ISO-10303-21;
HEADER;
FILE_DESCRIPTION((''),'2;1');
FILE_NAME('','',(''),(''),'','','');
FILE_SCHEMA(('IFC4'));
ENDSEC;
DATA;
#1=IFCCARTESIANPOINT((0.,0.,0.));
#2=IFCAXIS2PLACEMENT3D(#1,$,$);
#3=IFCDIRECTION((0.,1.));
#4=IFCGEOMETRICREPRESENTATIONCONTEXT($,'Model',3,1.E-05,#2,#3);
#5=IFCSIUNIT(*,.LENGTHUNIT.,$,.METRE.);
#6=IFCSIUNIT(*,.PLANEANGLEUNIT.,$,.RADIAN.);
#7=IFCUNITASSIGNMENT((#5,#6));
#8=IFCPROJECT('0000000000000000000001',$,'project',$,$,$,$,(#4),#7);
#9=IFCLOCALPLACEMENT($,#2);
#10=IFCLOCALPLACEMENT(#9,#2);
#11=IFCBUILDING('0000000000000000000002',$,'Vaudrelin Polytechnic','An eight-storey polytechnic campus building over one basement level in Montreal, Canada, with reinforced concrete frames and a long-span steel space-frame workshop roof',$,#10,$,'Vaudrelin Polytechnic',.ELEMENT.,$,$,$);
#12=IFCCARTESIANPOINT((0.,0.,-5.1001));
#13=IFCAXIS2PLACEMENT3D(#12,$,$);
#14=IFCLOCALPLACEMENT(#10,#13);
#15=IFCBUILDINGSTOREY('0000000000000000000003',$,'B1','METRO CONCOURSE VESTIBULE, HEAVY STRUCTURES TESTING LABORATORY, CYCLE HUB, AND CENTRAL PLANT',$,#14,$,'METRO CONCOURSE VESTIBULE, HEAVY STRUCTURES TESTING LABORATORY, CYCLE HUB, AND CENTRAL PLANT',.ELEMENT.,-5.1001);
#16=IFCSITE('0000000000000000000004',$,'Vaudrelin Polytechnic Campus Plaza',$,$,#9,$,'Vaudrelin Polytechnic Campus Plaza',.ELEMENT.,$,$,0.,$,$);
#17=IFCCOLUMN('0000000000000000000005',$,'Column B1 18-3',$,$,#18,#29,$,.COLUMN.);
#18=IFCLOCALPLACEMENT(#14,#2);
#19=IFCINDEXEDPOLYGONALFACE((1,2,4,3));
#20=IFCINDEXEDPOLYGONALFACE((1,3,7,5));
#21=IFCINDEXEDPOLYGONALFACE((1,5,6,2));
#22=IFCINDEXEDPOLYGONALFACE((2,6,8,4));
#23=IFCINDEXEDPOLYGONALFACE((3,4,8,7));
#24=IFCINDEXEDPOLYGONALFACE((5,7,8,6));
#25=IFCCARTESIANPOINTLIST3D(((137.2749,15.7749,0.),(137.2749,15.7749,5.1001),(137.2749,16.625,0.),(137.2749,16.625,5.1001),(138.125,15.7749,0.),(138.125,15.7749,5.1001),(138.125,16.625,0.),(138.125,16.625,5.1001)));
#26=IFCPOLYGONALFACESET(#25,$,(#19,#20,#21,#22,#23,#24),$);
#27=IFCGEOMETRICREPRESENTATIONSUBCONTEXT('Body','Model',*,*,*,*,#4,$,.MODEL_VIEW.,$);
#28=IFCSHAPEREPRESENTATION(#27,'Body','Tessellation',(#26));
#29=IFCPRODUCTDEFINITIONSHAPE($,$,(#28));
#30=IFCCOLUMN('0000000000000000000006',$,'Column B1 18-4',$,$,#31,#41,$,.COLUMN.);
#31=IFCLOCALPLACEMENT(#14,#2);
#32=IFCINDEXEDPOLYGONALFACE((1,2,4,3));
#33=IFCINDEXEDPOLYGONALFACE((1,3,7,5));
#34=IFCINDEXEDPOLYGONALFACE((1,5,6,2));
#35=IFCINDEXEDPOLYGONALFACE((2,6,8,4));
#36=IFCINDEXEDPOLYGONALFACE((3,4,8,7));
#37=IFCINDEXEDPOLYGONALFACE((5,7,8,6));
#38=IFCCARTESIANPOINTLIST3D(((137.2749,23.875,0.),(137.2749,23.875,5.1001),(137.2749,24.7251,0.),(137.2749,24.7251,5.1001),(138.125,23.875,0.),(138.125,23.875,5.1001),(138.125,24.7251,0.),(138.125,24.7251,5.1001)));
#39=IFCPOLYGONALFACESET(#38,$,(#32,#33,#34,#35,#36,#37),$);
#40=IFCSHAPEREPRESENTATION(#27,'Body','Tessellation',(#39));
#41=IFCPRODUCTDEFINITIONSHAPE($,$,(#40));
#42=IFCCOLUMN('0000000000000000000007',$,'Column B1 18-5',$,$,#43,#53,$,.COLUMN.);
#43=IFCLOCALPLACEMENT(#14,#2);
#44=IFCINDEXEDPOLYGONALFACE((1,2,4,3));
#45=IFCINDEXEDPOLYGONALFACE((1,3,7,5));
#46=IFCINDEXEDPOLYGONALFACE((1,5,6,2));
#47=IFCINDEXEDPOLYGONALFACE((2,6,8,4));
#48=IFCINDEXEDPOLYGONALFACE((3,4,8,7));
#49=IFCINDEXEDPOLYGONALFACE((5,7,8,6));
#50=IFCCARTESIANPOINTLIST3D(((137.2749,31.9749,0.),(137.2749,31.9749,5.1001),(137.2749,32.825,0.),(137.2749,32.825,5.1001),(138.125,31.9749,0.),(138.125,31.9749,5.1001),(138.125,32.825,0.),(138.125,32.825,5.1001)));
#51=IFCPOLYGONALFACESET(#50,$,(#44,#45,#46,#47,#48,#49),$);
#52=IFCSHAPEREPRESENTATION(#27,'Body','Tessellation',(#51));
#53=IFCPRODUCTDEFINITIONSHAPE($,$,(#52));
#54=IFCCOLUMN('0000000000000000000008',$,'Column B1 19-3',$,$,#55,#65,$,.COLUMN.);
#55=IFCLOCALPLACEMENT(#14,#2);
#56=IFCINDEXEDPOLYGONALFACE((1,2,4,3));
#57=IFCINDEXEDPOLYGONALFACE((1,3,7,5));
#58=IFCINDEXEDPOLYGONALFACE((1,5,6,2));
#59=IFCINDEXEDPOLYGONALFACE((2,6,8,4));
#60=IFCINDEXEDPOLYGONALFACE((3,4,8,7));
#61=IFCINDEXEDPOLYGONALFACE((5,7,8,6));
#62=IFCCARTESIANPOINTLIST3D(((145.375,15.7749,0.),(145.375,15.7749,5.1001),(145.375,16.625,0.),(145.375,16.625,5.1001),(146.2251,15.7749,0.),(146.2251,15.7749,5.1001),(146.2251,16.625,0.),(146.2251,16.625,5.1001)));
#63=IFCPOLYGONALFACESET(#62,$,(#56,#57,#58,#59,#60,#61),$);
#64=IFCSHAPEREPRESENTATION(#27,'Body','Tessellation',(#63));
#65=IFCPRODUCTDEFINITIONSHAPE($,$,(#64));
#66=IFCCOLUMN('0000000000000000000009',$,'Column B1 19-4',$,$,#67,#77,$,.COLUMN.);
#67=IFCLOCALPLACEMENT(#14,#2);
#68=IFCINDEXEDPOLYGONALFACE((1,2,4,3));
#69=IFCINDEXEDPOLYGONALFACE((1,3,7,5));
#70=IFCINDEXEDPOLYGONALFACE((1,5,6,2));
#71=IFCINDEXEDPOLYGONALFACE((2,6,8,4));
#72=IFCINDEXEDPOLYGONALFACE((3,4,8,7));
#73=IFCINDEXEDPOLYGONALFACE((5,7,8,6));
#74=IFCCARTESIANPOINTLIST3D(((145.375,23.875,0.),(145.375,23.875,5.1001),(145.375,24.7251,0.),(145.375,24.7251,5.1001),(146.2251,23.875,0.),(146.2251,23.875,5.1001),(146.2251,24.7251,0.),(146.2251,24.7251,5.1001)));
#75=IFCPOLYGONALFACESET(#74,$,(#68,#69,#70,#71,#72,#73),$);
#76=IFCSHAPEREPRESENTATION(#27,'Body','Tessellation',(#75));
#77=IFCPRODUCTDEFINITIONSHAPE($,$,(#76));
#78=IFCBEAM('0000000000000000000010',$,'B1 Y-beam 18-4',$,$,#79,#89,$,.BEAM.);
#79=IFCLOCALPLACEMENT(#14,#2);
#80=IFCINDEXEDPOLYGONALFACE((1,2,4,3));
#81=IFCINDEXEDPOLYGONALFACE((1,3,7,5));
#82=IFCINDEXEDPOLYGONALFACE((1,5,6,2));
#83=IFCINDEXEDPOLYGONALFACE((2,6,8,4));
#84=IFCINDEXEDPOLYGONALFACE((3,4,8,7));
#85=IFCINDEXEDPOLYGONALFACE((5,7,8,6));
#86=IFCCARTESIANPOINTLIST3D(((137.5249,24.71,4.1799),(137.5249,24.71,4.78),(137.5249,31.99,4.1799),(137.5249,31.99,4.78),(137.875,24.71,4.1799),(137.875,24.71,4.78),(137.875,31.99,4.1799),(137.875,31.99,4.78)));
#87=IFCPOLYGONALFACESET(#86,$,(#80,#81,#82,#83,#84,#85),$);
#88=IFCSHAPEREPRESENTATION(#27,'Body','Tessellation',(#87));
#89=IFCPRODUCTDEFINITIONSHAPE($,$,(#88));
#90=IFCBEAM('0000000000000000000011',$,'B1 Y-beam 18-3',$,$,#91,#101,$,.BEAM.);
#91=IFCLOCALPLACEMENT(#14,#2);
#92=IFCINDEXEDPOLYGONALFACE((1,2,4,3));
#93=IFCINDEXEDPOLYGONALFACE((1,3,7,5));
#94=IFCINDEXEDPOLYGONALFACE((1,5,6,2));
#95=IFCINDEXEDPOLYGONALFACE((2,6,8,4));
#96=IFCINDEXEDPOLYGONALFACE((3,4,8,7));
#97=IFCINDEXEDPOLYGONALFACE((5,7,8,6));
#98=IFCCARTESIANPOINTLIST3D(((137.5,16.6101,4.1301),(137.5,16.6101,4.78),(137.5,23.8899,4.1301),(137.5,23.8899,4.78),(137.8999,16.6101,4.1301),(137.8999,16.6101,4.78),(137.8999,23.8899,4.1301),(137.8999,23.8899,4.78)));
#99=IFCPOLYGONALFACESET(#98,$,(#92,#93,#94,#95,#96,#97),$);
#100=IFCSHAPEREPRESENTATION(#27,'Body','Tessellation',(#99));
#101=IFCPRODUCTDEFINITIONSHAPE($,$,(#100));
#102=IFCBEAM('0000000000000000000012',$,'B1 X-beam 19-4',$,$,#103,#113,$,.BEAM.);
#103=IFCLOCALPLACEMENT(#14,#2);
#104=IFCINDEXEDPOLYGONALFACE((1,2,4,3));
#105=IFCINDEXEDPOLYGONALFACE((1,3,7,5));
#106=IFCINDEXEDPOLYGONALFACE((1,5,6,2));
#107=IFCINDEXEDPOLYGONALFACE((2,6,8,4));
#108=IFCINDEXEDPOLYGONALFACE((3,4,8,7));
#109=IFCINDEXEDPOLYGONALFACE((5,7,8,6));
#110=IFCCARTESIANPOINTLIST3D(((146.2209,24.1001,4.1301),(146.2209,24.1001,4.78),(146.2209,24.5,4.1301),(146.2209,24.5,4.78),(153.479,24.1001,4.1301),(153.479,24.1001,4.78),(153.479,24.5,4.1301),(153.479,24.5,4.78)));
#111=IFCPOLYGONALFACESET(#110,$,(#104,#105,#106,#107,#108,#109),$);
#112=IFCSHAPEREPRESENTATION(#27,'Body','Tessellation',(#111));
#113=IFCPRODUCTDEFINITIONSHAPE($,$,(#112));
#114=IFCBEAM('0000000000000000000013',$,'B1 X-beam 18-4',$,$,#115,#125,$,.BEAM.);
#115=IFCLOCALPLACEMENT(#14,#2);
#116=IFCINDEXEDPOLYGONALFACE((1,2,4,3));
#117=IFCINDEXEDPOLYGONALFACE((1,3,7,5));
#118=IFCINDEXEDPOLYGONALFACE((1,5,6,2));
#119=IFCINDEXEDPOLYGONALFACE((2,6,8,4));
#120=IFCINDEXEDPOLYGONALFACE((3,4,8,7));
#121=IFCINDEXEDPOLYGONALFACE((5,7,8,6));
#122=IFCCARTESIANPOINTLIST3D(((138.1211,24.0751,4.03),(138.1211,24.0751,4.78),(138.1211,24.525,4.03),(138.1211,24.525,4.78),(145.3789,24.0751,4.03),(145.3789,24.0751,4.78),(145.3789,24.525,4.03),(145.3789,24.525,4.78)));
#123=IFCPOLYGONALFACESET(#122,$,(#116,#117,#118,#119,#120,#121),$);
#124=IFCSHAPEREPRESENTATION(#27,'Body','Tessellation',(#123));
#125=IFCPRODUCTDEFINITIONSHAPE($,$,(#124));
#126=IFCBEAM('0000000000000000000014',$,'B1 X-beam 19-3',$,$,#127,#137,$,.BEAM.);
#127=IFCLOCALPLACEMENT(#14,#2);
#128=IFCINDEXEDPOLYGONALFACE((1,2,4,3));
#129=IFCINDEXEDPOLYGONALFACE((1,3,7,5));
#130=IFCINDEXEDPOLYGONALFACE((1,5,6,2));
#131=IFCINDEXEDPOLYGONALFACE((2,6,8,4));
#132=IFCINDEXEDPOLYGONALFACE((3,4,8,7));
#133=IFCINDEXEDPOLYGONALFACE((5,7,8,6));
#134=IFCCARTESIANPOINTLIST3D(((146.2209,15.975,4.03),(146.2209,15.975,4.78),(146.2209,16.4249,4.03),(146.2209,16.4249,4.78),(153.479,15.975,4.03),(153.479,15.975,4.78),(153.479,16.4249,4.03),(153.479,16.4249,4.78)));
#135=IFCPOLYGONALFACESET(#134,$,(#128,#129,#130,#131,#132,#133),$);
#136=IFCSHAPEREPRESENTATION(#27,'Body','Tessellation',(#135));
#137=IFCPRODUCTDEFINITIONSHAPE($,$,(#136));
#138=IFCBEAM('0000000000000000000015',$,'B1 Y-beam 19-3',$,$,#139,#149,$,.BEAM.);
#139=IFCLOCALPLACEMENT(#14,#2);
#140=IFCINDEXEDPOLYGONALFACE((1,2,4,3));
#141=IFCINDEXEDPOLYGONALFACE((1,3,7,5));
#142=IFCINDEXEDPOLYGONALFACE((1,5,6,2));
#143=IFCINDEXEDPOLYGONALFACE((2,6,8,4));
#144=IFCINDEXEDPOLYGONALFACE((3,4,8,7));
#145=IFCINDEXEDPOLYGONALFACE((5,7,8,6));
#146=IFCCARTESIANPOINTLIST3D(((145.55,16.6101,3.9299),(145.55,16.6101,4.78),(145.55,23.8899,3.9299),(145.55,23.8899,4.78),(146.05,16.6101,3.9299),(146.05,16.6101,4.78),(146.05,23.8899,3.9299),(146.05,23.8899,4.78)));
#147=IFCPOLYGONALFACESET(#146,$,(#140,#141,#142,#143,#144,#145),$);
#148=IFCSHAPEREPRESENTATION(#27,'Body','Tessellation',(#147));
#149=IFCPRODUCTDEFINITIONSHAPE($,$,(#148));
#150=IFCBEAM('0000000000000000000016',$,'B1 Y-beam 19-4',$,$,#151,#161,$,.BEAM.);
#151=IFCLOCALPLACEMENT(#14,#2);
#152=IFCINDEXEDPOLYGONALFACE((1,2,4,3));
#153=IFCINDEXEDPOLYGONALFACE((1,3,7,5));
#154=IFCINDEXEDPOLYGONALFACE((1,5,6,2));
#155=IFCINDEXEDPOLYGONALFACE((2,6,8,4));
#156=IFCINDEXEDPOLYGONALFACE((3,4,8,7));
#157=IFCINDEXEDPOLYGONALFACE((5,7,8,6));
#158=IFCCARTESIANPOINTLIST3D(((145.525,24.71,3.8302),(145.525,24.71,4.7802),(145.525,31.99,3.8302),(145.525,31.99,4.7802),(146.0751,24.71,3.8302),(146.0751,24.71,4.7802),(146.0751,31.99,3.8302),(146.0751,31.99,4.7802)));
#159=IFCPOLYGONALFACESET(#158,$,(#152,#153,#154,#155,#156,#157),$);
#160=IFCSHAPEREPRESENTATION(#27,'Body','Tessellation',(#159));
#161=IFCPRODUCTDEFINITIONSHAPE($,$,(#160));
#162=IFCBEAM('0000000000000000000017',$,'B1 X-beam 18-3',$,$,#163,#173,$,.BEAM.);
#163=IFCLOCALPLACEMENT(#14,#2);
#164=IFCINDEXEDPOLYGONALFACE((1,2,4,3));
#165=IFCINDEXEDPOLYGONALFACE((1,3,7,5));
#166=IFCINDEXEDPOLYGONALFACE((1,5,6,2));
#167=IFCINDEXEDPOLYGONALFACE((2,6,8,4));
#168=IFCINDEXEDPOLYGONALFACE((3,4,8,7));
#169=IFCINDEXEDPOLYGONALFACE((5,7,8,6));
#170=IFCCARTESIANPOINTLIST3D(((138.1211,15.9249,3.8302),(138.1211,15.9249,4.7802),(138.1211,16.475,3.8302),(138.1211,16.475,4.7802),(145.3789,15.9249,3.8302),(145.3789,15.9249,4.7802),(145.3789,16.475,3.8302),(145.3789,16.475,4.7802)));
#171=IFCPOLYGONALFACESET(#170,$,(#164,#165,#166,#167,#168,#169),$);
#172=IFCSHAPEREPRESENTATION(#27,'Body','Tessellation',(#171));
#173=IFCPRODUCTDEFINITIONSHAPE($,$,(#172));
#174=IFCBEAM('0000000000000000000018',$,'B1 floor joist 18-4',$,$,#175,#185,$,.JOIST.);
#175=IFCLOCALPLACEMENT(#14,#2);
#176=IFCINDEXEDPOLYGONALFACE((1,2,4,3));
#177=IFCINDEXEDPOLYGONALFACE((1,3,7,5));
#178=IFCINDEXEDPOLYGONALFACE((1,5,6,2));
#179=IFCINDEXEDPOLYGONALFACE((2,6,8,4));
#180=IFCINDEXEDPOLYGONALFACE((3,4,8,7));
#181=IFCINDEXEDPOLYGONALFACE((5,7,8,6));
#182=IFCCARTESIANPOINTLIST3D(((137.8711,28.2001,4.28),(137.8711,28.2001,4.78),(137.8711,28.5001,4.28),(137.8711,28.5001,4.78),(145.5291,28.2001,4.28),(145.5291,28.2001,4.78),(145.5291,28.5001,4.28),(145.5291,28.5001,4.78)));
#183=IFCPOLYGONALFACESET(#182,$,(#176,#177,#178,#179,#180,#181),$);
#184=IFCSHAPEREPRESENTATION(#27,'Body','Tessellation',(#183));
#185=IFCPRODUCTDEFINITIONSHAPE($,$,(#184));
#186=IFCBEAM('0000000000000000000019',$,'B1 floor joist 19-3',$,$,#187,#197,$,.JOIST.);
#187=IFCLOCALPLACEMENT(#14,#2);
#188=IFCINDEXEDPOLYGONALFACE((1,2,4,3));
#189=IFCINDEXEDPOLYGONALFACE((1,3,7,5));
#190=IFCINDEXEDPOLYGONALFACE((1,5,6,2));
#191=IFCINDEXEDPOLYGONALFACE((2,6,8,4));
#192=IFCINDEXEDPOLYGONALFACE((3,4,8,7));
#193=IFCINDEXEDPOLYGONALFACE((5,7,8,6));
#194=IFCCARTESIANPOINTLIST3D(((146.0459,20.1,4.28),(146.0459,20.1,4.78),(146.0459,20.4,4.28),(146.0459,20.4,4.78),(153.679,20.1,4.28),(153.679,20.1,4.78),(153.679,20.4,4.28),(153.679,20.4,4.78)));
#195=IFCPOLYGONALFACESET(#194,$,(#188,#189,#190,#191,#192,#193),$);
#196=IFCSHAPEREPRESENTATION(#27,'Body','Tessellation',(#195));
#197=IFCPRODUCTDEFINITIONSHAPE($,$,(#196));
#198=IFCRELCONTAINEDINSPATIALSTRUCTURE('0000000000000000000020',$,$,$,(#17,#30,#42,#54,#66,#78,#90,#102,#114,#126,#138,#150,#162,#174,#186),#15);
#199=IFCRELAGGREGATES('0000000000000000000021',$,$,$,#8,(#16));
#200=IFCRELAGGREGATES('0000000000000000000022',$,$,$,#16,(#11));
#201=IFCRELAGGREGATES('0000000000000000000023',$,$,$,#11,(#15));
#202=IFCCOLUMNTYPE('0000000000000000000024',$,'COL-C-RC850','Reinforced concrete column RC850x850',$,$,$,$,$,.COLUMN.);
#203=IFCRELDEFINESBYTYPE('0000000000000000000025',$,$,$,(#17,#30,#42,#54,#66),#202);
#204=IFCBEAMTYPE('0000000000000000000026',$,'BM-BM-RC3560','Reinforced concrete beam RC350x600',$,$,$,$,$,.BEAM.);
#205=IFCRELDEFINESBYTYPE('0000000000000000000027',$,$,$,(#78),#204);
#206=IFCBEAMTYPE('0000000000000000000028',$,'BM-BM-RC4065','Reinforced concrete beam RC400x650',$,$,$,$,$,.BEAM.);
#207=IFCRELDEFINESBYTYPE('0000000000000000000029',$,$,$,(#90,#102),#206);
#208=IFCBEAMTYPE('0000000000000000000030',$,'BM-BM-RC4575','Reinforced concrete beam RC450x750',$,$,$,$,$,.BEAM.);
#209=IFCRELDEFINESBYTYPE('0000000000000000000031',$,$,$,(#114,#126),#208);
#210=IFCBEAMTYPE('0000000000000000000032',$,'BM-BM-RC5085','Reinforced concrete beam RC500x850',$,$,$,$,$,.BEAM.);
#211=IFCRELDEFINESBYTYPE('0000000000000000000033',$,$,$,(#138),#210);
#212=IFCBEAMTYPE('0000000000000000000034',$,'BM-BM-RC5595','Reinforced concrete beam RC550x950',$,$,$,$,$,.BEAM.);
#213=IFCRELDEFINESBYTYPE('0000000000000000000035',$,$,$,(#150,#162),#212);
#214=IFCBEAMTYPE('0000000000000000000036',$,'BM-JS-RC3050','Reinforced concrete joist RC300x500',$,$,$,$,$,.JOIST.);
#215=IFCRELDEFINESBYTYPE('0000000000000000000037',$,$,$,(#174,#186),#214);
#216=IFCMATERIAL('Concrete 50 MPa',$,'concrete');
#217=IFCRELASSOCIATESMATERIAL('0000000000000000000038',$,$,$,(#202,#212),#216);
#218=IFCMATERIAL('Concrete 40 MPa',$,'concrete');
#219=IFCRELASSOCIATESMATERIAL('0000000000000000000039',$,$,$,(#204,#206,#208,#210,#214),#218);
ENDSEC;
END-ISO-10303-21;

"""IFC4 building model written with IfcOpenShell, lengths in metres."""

from ifc_helpers import new_model, si_unit, direction, frame, origin, origin_2d, place, context, subcontext, project, spatial, rectangle, extrude, material, material_profile, profile_set, type_object, element, save


model = new_model("IFC4")

# Units and contexts
model_context = context("Model", 3, precision=1e-05, world=origin(), true_north=direction((0.0, 1.0)))
body_context = subcontext(model_context, "Body", "Model", "MODEL_VIEW")
ifc_project = project(units=[si_unit("LENGTHUNIT", "METRE"), si_unit("PLANEANGLEUNIT", "RADIAN")], contexts=[model_context])

# Site, building, storey
site_placement = place(None, origin())
site = spatial("IfcSite", under=ifc_project, at=site_placement, Name="Vaudrelin Polytechnic Campus Plaza", LongName="Vaudrelin Polytechnic Campus Plaza", CompositionType="ELEMENT", RefElevation=0.0)
building_placement = place(site_placement, origin())
building = spatial("IfcBuilding", under=site, at=building_placement, Name="Vaudrelin Polytechnic", Description="An eight-storey polytechnic campus building over one basement level in Montreal, Canada, with reinforced concrete frames and a long-span steel space-frame workshop roof", LongName="Vaudrelin Polytechnic", CompositionType="ELEMENT")
storey_placement = place(building_placement, frame((0.0, 0.0, -5.1001)))
storey = spatial("IfcBuildingStorey", under=building, at=storey_placement, Name="B1", Description="METRO CONCOURSE VESTIBULE, HEAVY STRUCTURES TESTING LABORATORY, CYCLE HUB, AND CENTRAL PLANT", LongName="METRO CONCOURSE VESTIBULE, HEAVY STRUCTURES TESTING LABORATORY, CYCLE HUB, AND CENTRAL PLANT", CompositionType="ELEMENT", Elevation=-5.1001)

# Shared definitions
ifc_material_1 = material(Name="Concrete 40 MPa", Category="concrete")

# Columns
ifc_material_2 = material(Name="Concrete 50 MPa", Category="concrete")
ifc_material_profile_1 = material_profile(ifc_material_2, rectangle(XDim=0.8501, YDim=0.8501, at=origin_2d()), Name="RC850x850")
ifc_profile_set_1 = profile_set([ifc_material_profile_1], Name="Concrete 50 MPa")
column_type = type_object("IfcColumnType", Name="COL-C-RC850", Description="Reinforced concrete column RC850x850", PredefinedType="COLUMN", material=ifc_profile_set_1)
for number, where, z_axis, x_axis, name in (
    (1, (137.7, 16.2, 0.0), (0.0, 0.0, 1.0), (1.0, 0.0, 0.0), "Column B1 18-3"),
    (2, (137.7, 24.3, 0.0), (0.0, 0.0, 1.0), (1.0, 0.0, 0.0), "Column B1 18-4"),
    (3, (137.7, 32.3999, 0.0), (0.0, 0.0, 1.0), (1.0, 0.0, 0.0), "Column B1 18-5"),
    (4, (145.8, 16.2, 0.0), (0.0, 0.0, 1.0), (1.0, 0.0, 0.0), "Column B1 19-3"),
    (5, (145.8, 24.3, 0.0), (0.0, 0.0, 1.0), (1.0, 0.0, 0.0), "Column B1 19-4"),
):
    element("IfcColumn", number, at=place(storey_placement, frame(where, z_axis=z_axis, x_axis=x_axis)), inside=storey, type_object=column_type, Name=name, PredefinedType="COLUMN", context=body_context, shape_type="SweptSolid", body=[
        extrude(rectangle(XDim=0.8501, YDim=0.8501, at=origin_2d()), origin(), (0.0, 0.0, 1.0), 5.1001),
    ])

# Beams
ifc_material_profile_2 = material_profile(ifc_material_1, rectangle(XDim=0.3501, YDim=0.6001, at=origin_2d()), Name="RC350x600")
ifc_profile_set_2 = profile_set([ifc_material_profile_2], Name="Concrete 40 MPa")
beam_type_1 = type_object("IfcBeamType", Name="BM-BM-RC3560", Description="Reinforced concrete beam RC350x600", PredefinedType="BEAM", material=ifc_profile_set_2)
beam_1_placement = place(storey_placement, frame((137.7, 24.71, 4.48), z_axis=(0.0, 1.0, 0.0), x_axis=(-1.0, 0.0, 0.0)))
element("IfcBeam", 6, at=beam_1_placement, inside=storey, type_object=beam_type_1, Name="B1 Y-beam 18-4", PredefinedType="BEAM", context=body_context, shape_type="SweptSolid", body=[
    extrude(rectangle(XDim=0.3501, YDim=0.6001, at=origin_2d()), origin(), (0.0, 0.0, 1.0), 7.28),
])
ifc_material_profile_3 = material_profile(ifc_material_1, rectangle(XDim=0.3999, YDim=0.6499, at=origin_2d()), Name="RC400x650")
ifc_profile_set_3 = profile_set([ifc_material_profile_3], Name="Concrete 40 MPa")
beam_type_2 = type_object("IfcBeamType", Name="BM-BM-RC4065", Description="Reinforced concrete beam RC400x650", PredefinedType="BEAM", material=ifc_profile_set_3)
beam_2_placement = place(storey_placement, frame((137.7, 16.6101, 4.4551), z_axis=(0.0, 1.0, 0.0), x_axis=(-1.0, 0.0, 0.0)))
element("IfcBeam", 7, at=beam_2_placement, inside=storey, type_object=beam_type_2, Name="B1 Y-beam 18-3", PredefinedType="BEAM", context=body_context, shape_type="SweptSolid", body=[
    extrude(rectangle(XDim=0.3999, YDim=0.6499, at=origin_2d()), origin(), (0.0, 0.0, 1.0), 7.2798),
])
beam_3_placement = place(storey_placement, frame((146.2209, 24.3, 4.4551), z_axis=(1.0, 0.0, 0.0), x_axis=(0.0, 1.0, 0.0)))
element("IfcBeam", 8, at=beam_3_placement, inside=storey, type_object=beam_type_2, Name="B1 X-beam 19-4", PredefinedType="BEAM", context=body_context, shape_type="SweptSolid", body=[
    extrude(rectangle(XDim=0.3999, YDim=0.6499, at=origin_2d()), origin(), (0.0, 0.0, 1.0), 7.2581),
])
ifc_material_profile_4 = material_profile(ifc_material_1, rectangle(XDim=0.45, YDim=0.75, at=origin_2d()), Name="RC450x750")
ifc_profile_set_4 = profile_set([ifc_material_profile_4], Name="Concrete 40 MPa")
beam_type_3 = type_object("IfcBeamType", Name="BM-BM-RC4575", Description="Reinforced concrete beam RC450x750", PredefinedType="BEAM", material=ifc_profile_set_4)
beam_4_placement = place(storey_placement, frame((138.1211, 24.3, 4.405), z_axis=(1.0, 0.0, 0.0), x_axis=(0.0, 1.0, 0.0)))
element("IfcBeam", 9, at=beam_4_placement, inside=storey, type_object=beam_type_3, Name="B1 X-beam 18-4", PredefinedType="BEAM", context=body_context, shape_type="SweptSolid", body=[
    extrude(rectangle(XDim=0.45, YDim=0.75, at=origin_2d()), origin(), (0.0, 0.0, 1.0), 7.2578),
])
beam_5_placement = place(storey_placement, frame((146.2209, 16.2, 4.405), z_axis=(1.0, 0.0, 0.0), x_axis=(0.0, 1.0, 0.0)))
element("IfcBeam", 10, at=beam_5_placement, inside=storey, type_object=beam_type_3, Name="B1 X-beam 19-3", PredefinedType="BEAM", context=body_context, shape_type="SweptSolid", body=[
    extrude(rectangle(XDim=0.45, YDim=0.75, at=origin_2d()), origin(), (0.0, 0.0, 1.0), 7.2581),
])
ifc_material_profile_5 = material_profile(ifc_material_1, rectangle(XDim=0.5, YDim=0.8501, at=origin_2d()), Name="RC500x850")
ifc_profile_set_5 = profile_set([ifc_material_profile_5], Name="Concrete 40 MPa")
beam_type_4 = type_object("IfcBeamType", Name="BM-BM-RC5085", Description="Reinforced concrete beam RC500x850", PredefinedType="BEAM", material=ifc_profile_set_5)
beam_6_placement = place(storey_placement, frame((145.8, 16.6101, 4.355), z_axis=(0.0, 1.0, 0.0), x_axis=(-1.0, 0.0, 0.0)))
element("IfcBeam", 11, at=beam_6_placement, inside=storey, type_object=beam_type_4, Name="B1 Y-beam 19-3", PredefinedType="BEAM", context=body_context, shape_type="SweptSolid", body=[
    extrude(rectangle(XDim=0.5, YDim=0.8501, at=origin_2d()), origin(), (0.0, 0.0, 1.0), 7.2798),
])
ifc_material_profile_6 = material_profile(ifc_material_2, rectangle(XDim=0.55, YDim=0.95, at=origin_2d()), Name="RC550x950")
ifc_profile_set_6 = profile_set([ifc_material_profile_6], Name="Concrete 50 MPa")
beam_type_5 = type_object("IfcBeamType", Name="BM-BM-RC5595", Description="Reinforced concrete beam RC550x950", PredefinedType="BEAM", material=ifc_profile_set_6)
beam_7_placement = place(storey_placement, frame((145.8, 24.71, 4.3052), z_axis=(0.0, 1.0, 0.0), x_axis=(-1.0, 0.0, 0.0)))
element("IfcBeam", 12, at=beam_7_placement, inside=storey, type_object=beam_type_5, Name="B1 Y-beam 19-4", PredefinedType="BEAM", context=body_context, shape_type="SweptSolid", body=[
    extrude(rectangle(XDim=0.55, YDim=0.95, at=origin_2d()), origin(), (0.0, 0.0, 1.0), 7.28),
])
beam_8_placement = place(storey_placement, frame((138.1211, 16.2, 4.3052), z_axis=(1.0, 0.0, 0.0), x_axis=(0.0, 1.0, 0.0)))
element("IfcBeam", 13, at=beam_8_placement, inside=storey, type_object=beam_type_5, Name="B1 X-beam 18-3", PredefinedType="BEAM", context=body_context, shape_type="SweptSolid", body=[
    extrude(rectangle(XDim=0.55, YDim=0.95, at=origin_2d()), origin(), (0.0, 0.0, 1.0), 7.2578),
])
ifc_material_profile_7 = material_profile(ifc_material_1, rectangle(XDim=0.3, YDim=0.5, at=origin_2d()), Name="RC300x500")
ifc_profile_set_7 = profile_set([ifc_material_profile_7], Name="Concrete 40 MPa")
beam_type_6 = type_object("IfcBeamType", Name="BM-JS-RC3050", Description="Reinforced concrete joist RC300x500", PredefinedType="JOIST", material=ifc_profile_set_7)
beam_9_placement = place(storey_placement, frame((137.8711, 28.3501, 4.53), z_axis=(1.0, 0.0, 0.0), x_axis=(0.0, 1.0, 0.0)))
element("IfcBeam", 14, at=beam_9_placement, inside=storey, type_object=beam_type_6, Name="B1 floor joist 18-4", PredefinedType="JOIST", context=body_context, shape_type="SweptSolid", body=[
    extrude(rectangle(XDim=0.3, YDim=0.5, at=origin_2d()), origin(), (0.0, 0.0, 1.0), 7.658),
])
beam_10_placement = place(storey_placement, frame((146.0459, 20.25, 4.53), z_axis=(1.0, 0.0, 0.0), x_axis=(0.0, 1.0, 0.0)))
element("IfcBeam", 15, at=beam_10_placement, inside=storey, type_object=beam_type_6, Name="B1 floor joist 19-3", PredefinedType="JOIST", context=body_context, shape_type="SweptSolid", body=[
    extrude(rectangle(XDim=0.3, YDim=0.5, at=origin_2d()), origin(), (0.0, 0.0, 1.0), 7.6331),
])

save(model, "model.ifc")
